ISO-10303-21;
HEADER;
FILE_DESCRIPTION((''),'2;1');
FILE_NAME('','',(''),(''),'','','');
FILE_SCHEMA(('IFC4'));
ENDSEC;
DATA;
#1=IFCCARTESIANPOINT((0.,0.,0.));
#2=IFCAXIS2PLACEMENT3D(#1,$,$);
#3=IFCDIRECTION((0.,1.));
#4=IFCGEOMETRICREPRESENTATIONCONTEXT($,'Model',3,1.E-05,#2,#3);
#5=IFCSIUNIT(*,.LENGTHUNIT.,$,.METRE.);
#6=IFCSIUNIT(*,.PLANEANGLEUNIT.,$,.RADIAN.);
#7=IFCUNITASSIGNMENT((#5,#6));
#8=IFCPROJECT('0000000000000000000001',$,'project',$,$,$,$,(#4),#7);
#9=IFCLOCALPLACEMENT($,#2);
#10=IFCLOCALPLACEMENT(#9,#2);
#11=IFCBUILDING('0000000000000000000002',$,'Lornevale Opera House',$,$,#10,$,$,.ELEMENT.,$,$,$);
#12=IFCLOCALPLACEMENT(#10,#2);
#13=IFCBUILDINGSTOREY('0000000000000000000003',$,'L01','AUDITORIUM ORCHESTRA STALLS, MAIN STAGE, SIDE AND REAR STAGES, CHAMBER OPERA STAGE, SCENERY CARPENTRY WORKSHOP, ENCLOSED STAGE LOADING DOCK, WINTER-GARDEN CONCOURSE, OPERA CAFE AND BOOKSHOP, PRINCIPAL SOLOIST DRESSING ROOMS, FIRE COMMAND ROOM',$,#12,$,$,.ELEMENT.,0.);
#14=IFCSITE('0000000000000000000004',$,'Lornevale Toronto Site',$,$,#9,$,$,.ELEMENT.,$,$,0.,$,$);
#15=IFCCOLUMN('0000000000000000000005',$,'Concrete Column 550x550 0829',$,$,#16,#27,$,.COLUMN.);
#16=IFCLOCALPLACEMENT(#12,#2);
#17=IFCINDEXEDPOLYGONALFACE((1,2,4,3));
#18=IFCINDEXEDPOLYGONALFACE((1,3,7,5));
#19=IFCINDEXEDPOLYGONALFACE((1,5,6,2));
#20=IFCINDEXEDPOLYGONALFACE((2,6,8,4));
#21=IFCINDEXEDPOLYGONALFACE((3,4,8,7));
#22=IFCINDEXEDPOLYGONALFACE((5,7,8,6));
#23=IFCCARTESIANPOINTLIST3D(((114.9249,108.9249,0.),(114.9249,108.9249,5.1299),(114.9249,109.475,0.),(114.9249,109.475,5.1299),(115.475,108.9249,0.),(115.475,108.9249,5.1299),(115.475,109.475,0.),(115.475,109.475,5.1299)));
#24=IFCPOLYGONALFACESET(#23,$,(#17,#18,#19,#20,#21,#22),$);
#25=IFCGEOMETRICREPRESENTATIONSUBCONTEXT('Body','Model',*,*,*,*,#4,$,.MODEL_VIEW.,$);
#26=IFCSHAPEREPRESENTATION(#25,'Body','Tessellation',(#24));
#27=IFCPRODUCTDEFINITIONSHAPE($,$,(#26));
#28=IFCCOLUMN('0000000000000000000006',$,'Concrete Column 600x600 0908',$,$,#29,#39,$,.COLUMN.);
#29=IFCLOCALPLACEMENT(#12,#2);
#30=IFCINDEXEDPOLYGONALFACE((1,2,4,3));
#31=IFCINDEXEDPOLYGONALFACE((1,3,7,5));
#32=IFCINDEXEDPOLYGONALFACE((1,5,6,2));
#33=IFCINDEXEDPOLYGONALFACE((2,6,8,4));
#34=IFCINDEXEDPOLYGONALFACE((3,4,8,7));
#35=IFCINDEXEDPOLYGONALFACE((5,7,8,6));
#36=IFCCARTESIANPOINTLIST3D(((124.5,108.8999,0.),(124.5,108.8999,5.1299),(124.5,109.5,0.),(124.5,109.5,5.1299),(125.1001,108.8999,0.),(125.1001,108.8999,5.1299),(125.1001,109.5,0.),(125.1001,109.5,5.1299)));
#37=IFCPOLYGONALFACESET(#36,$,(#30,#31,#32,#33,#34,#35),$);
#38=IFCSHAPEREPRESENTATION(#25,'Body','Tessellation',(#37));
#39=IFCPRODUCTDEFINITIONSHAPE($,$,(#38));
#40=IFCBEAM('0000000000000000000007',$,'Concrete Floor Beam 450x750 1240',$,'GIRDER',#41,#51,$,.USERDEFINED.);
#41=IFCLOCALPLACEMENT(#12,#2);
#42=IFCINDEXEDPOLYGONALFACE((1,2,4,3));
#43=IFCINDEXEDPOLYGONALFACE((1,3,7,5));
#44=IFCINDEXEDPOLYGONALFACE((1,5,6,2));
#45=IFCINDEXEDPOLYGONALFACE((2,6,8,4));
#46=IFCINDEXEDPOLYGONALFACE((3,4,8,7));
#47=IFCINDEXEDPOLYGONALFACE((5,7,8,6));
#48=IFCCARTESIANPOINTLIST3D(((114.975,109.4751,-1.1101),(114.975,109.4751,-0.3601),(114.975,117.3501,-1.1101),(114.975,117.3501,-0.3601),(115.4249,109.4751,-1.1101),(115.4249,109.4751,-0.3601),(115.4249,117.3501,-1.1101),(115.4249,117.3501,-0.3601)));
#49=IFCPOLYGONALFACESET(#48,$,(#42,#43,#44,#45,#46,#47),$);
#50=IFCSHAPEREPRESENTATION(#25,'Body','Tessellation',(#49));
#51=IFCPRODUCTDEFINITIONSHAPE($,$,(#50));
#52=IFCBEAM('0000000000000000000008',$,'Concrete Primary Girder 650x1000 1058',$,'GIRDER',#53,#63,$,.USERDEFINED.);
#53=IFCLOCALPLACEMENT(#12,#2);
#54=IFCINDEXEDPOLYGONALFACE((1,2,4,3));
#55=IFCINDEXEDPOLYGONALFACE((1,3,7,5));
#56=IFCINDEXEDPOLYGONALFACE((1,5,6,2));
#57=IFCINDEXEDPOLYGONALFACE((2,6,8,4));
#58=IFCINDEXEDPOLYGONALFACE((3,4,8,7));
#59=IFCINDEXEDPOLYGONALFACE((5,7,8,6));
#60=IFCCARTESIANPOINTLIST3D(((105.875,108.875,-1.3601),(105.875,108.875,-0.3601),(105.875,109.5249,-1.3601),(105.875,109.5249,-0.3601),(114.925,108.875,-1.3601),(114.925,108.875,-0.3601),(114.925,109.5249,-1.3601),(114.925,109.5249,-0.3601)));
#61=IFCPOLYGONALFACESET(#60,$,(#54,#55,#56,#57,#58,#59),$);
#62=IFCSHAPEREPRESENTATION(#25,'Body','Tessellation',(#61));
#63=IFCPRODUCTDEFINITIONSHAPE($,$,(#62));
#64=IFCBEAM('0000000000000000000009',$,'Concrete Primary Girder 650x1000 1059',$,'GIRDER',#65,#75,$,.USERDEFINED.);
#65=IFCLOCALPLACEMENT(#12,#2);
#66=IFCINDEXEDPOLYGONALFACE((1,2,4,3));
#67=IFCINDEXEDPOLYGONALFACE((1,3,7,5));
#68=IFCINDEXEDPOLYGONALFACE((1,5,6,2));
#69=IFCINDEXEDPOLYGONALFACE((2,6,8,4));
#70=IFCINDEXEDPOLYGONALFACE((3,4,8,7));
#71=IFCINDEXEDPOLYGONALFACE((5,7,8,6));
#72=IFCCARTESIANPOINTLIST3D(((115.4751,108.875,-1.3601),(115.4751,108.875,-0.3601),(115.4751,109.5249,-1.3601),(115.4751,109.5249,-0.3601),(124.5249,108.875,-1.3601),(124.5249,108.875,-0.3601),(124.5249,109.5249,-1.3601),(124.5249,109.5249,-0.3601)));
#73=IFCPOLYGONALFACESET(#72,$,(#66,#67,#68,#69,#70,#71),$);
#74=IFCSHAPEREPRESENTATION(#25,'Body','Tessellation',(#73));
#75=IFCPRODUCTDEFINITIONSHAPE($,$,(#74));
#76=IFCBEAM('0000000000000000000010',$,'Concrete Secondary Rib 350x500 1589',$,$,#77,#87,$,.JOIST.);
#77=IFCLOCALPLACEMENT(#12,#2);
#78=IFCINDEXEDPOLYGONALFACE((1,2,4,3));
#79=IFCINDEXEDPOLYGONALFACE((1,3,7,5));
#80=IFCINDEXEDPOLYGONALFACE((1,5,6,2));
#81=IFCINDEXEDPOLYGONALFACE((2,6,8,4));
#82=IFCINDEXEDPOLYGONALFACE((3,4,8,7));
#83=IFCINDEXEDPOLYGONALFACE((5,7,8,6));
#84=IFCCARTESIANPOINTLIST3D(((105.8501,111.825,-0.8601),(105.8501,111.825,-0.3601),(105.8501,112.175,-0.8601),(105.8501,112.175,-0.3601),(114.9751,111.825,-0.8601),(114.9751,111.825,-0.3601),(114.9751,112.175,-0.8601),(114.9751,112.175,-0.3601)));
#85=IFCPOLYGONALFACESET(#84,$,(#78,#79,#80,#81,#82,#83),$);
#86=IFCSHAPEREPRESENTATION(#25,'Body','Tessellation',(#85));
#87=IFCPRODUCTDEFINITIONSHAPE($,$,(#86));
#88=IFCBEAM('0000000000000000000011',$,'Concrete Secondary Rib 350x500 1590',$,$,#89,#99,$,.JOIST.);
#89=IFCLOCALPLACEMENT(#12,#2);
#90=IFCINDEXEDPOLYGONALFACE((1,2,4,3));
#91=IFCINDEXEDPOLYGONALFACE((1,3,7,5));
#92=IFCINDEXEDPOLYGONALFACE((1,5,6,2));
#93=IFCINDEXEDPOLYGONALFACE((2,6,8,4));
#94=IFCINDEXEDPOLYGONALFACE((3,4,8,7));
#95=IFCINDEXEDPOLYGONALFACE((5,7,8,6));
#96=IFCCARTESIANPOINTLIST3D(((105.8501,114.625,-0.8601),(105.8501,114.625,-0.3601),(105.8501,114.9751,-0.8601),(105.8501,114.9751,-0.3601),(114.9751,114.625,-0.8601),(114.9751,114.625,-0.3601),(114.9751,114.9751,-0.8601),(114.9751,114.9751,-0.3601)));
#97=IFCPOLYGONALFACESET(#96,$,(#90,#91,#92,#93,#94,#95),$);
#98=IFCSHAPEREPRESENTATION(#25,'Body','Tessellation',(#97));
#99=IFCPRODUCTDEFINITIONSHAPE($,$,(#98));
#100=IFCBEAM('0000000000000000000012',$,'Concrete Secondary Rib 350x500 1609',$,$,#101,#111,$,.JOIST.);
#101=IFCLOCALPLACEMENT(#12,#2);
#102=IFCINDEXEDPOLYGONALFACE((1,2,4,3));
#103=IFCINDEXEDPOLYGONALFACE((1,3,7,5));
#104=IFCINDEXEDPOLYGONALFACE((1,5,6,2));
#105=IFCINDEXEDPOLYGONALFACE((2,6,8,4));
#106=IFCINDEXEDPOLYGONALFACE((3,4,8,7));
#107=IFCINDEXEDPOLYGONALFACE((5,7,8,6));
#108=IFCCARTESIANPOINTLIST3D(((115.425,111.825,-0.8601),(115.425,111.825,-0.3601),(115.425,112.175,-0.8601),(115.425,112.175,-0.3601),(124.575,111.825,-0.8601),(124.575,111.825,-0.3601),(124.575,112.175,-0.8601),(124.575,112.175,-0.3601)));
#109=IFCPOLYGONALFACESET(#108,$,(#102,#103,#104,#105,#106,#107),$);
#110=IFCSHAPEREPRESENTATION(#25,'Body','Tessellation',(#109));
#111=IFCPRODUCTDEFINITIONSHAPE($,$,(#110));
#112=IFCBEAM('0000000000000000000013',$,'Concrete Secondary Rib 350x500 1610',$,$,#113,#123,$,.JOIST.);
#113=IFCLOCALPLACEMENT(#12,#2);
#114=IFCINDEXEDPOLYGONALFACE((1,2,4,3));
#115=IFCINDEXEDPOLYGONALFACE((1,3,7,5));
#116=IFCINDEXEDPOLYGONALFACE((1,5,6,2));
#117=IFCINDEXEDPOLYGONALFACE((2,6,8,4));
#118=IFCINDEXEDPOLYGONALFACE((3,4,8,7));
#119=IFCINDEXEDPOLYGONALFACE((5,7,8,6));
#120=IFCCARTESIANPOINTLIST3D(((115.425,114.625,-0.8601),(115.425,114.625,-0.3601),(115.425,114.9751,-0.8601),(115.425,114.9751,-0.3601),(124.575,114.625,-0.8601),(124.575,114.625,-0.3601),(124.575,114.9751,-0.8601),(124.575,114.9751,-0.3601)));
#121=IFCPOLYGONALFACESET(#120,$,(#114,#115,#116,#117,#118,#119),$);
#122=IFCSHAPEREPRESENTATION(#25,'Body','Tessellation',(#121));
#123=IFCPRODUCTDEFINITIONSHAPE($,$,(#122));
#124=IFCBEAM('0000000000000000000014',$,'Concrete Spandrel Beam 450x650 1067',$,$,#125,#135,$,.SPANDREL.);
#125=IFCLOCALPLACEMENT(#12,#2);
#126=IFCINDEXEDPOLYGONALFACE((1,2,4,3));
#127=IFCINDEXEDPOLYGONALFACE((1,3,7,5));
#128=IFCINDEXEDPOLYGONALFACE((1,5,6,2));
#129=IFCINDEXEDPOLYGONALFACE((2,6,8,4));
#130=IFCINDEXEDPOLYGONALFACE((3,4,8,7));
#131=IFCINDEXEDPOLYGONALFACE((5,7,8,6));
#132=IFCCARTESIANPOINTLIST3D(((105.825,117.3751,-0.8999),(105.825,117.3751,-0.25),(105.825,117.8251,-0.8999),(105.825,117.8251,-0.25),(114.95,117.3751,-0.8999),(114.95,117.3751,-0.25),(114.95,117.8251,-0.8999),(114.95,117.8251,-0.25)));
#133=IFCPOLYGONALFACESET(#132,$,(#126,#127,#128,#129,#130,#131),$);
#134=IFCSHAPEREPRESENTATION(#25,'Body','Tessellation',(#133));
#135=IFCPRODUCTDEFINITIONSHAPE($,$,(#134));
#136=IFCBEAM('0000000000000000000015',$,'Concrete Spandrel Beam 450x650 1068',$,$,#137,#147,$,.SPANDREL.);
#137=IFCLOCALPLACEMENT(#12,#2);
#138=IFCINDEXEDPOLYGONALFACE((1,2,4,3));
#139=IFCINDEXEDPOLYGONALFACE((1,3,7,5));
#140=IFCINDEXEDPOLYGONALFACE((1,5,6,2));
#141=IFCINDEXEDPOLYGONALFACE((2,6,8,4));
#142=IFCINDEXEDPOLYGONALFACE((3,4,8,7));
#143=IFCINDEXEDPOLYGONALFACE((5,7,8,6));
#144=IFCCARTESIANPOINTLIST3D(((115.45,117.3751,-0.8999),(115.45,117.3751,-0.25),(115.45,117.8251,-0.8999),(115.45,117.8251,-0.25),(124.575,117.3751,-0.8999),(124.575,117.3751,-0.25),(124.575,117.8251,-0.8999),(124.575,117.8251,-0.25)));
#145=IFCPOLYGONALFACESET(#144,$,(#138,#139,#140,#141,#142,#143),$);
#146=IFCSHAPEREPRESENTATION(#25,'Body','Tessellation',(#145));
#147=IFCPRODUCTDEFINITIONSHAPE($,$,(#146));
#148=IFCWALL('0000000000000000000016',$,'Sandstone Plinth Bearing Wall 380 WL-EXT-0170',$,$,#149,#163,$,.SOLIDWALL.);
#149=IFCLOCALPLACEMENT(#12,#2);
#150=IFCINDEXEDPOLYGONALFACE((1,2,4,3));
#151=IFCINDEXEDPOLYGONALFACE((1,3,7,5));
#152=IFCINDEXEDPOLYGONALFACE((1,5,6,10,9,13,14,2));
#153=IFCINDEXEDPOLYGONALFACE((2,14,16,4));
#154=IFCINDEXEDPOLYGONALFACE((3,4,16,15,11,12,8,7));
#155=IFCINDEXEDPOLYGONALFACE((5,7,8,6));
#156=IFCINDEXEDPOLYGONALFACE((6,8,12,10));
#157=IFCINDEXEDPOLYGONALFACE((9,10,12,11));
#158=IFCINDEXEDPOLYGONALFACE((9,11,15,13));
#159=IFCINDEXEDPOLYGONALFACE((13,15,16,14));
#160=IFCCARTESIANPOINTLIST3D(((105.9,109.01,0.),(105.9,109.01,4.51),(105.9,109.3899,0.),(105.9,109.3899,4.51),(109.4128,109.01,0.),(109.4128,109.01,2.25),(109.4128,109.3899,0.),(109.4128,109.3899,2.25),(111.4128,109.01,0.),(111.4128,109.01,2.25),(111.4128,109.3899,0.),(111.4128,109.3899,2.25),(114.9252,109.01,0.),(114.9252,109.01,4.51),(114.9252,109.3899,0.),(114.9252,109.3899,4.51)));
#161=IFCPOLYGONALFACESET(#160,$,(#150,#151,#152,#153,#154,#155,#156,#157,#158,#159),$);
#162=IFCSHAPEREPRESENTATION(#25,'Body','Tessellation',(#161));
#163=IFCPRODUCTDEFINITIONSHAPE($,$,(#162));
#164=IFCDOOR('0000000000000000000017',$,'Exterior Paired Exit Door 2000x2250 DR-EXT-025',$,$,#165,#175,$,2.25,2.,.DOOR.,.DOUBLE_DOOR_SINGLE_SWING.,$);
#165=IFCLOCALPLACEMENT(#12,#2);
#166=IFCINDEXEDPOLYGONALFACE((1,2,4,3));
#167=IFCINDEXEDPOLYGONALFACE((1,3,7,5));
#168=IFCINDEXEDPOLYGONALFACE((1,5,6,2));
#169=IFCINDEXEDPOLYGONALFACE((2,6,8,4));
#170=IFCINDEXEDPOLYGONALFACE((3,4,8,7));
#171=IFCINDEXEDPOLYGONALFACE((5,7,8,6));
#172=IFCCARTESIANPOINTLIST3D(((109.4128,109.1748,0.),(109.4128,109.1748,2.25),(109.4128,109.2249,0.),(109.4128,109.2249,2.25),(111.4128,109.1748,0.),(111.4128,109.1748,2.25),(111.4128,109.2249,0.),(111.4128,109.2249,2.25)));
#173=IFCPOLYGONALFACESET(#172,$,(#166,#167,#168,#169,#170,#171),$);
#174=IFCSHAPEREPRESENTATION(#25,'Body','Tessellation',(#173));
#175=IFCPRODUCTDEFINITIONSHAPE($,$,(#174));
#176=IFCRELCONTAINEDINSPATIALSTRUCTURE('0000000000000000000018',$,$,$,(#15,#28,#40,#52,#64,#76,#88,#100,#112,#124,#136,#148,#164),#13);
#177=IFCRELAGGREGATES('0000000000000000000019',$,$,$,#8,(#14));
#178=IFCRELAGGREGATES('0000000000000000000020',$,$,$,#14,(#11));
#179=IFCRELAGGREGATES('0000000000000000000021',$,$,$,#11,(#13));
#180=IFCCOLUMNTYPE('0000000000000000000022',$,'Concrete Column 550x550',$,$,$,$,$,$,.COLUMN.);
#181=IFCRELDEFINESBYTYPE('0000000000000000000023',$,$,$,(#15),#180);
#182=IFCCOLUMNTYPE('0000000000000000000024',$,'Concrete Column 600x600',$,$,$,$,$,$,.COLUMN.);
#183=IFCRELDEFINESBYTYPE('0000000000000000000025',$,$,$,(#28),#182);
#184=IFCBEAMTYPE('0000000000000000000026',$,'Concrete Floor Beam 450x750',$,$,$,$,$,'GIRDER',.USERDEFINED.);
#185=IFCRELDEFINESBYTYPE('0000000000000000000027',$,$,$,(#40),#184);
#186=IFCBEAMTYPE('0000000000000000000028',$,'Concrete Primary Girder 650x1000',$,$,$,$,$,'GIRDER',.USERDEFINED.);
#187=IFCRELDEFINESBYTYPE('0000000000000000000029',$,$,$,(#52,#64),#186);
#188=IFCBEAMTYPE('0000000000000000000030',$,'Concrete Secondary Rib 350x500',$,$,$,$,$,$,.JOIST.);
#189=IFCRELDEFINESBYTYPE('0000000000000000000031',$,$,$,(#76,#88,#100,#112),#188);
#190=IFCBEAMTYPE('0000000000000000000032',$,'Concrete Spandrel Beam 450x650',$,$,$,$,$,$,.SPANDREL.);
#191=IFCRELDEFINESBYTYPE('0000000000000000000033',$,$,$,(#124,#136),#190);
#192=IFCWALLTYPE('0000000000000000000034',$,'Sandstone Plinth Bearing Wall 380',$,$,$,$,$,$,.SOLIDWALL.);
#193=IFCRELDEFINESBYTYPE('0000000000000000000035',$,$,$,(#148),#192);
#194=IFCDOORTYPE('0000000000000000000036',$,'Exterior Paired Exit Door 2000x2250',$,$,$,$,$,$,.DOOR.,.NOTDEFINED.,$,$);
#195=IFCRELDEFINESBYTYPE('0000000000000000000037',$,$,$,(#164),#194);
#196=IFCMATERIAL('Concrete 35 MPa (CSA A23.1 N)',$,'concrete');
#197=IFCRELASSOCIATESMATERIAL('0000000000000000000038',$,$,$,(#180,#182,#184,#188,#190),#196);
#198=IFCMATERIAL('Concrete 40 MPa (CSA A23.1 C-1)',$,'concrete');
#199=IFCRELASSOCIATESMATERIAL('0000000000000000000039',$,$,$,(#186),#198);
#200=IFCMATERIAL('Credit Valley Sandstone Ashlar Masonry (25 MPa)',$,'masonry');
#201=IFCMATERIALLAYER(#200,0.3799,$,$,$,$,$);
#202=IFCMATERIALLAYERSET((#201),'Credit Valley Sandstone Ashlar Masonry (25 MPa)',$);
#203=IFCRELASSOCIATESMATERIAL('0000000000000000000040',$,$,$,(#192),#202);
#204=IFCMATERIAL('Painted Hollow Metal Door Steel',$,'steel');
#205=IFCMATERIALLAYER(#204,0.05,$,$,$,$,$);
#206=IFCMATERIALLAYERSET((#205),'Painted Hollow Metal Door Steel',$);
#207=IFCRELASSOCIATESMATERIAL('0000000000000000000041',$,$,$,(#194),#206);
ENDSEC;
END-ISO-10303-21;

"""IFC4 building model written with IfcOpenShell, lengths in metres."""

from ifc_helpers import new_model, si_unit, direction, frame, frame_2d, origin, origin_2d, place, context, subcontext, project, spatial, rectangle, extrude, material, layer, layer_set, material_profile, profile_set, type_object, element, fill, save


model = new_model("IFC4")

# Units and contexts
model_context = context("Model", 3, precision=1e-05, world=origin(), true_north=direction((0.0, 1.0)))
body_context = subcontext(model_context, "Body", "Model", "MODEL_VIEW")
ifc_project = project(units=[si_unit("LENGTHUNIT", "METRE"), si_unit("PLANEANGLEUNIT", "RADIAN")], contexts=[model_context])

# Site, building, storey
site_placement = place(None, origin())
site = spatial("IfcSite", under=ifc_project, at=site_placement, Name="Lornevale Toronto Site", CompositionType="ELEMENT", RefElevation=0.0)
building_placement = place(site_placement, origin())
building = spatial("IfcBuilding", under=site, at=building_placement, Name="Lornevale Opera House", CompositionType="ELEMENT")
storey_placement = place(building_placement, origin())
storey = spatial("IfcBuildingStorey", under=building, at=storey_placement, Name="L01", Description="AUDITORIUM ORCHESTRA STALLS, MAIN STAGE, SIDE AND REAR STAGES, CHAMBER OPERA STAGE, SCENERY CARPENTRY WORKSHOP, ENCLOSED STAGE LOADING DOCK, WINTER-GARDEN CONCOURSE, OPERA CAFE AND BOOKSHOP, PRINCIPAL SOLOIST DRESSING ROOMS, FIRE COMMAND ROOM", CompositionType="ELEMENT", Elevation=0.0)

# Columns
ifc_material_1 = material(Name="Concrete 35 MPa (CSA A23.1 N)", Category="concrete")
ifc_material_profile_1 = material_profile(ifc_material_1, rectangle(XDim=0.55, YDim=0.55, at=origin_2d()), Name="RC550x550")
ifc_profile_set_1 = profile_set([ifc_material_profile_1], Name="Concrete 35 MPa (CSA A23.1 N)")
column_type_1 = type_object("IfcColumnType", Name="Concrete Column 550x550", PredefinedType="COLUMN", material=ifc_profile_set_1)
column_1_placement = place(storey_placement, frame((115.2, 109.2, 0.0), z_axis=(0.0, 0.0, 1.0), x_axis=(1.0, 0.0, 0.0)))
element("IfcColumn", 1, at=column_1_placement, inside=storey, type_object=column_type_1, Name="Concrete Column 550x550 0829", PredefinedType="COLUMN", context=body_context, shape_type="SweptSolid", body=[
    extrude(rectangle(XDim=0.55, YDim=0.55, at=origin_2d()), origin(), (0.0, 0.0, 1.0), 5.1299),
])
ifc_material_profile_2 = material_profile(ifc_material_1, rectangle(XDim=0.6001, YDim=0.6001, at=origin_2d()), Name="RC600x600")
ifc_profile_set_2 = profile_set([ifc_material_profile_2], Name="Concrete 35 MPa (CSA A23.1 N)")
column_type_2 = type_object("IfcColumnType", Name="Concrete Column 600x600", PredefinedType="COLUMN", material=ifc_profile_set_2)
column_2_placement = place(storey_placement, frame((124.8, 109.2, 0.0), z_axis=(0.0, 0.0, 1.0), x_axis=(1.0, 0.0, 0.0)))
element("IfcColumn", 2, at=column_2_placement, inside=storey, type_object=column_type_2, Name="Concrete Column 600x600 0908", PredefinedType="COLUMN", context=body_context, shape_type="SweptSolid", body=[
    extrude(rectangle(XDim=0.6001, YDim=0.6001, at=origin_2d()), origin(), (0.0, 0.0, 1.0), 5.1299),
])

# Beams
ifc_material_profile_3 = material_profile(ifc_material_1, rectangle(XDim=0.45, YDim=0.75, at=origin_2d()), Name="RC450x750")
ifc_profile_set_3 = profile_set([ifc_material_profile_3], Name="Concrete 35 MPa (CSA A23.1 N)")
beam_type_1 = type_object("IfcBeamType", Name="Concrete Floor Beam 450x750", ElementType="GIRDER", PredefinedType="USERDEFINED", material=ifc_profile_set_3)
beam_1_placement = place(storey_placement, frame((115.2, 109.4751, -0.7351), z_axis=(0.0, 1.0, 0.0), x_axis=(-1.0, 0.0, 0.0)))
element("IfcBeam", 3, at=beam_1_placement, inside=storey, type_object=beam_type_1, Name="Concrete Floor Beam 450x750 1240", ObjectType="GIRDER", PredefinedType="USERDEFINED", context=body_context, shape_type="SweptSolid", body=[
    extrude(rectangle(XDim=0.45, YDim=0.75, at=origin_2d()), origin(), (0.0, 0.0, 1.0), 7.875),
])
ifc_material_2 = material(Name="Concrete 40 MPa (CSA A23.1 C-1)", Category="concrete")
ifc_material_profile_4 = material_profile(ifc_material_2, rectangle(XDim=0.6499, YDim=1.0, at=origin_2d()), Name="RC650x1000")
ifc_profile_set_4 = profile_set([ifc_material_profile_4], Name="Concrete 40 MPa (CSA A23.1 C-1)")
beam_type_2 = type_object("IfcBeamType", Name="Concrete Primary Girder 650x1000", ElementType="GIRDER", PredefinedType="USERDEFINED", material=ifc_profile_set_4)
beam_2_placement = place(storey_placement, frame((105.875, 109.2, -0.8601), z_axis=(1.0, 0.0, 0.0), x_axis=(0.0, 1.0, 0.0)))
element("IfcBeam", 4, at=beam_2_placement, inside=storey, type_object=beam_type_2, Name="Concrete Primary Girder 650x1000 1058", ObjectType="GIRDER", PredefinedType="USERDEFINED", context=body_context, shape_type="SweptSolid", body=[
    extrude(rectangle(XDim=0.6499, YDim=1.0, at=origin_2d()), origin(), (0.0, 0.0, 1.0), 9.05),
])
beam_3_placement = place(storey_placement, frame((115.4751, 109.2, -0.8601), z_axis=(1.0, 0.0, 0.0), x_axis=(0.0, 1.0, 0.0)))
element("IfcBeam", 5, at=beam_3_placement, inside=storey, type_object=beam_type_2, Name="Concrete Primary Girder 650x1000 1059", ObjectType="GIRDER", PredefinedType="USERDEFINED", context=body_context, shape_type="SweptSolid", body=[
    extrude(rectangle(XDim=0.6499, YDim=1.0, at=origin_2d()), origin(), (0.0, 0.0, 1.0), 9.0498),
])
ifc_material_profile_5 = material_profile(ifc_material_1, rectangle(XDim=0.3501, YDim=0.5, at=origin_2d()), Name="RC350x500")
ifc_profile_set_5 = profile_set([ifc_material_profile_5], Name="Concrete 35 MPa (CSA A23.1 N)")
beam_type_3 = type_object("IfcBeamType", Name="Concrete Secondary Rib 350x500", PredefinedType="JOIST", material=ifc_profile_set_5)
for number, where, z_axis, x_axis, name in (
    (6, (105.8501, 112.0, -0.6101), (1.0, 0.0, 0.0), (0.0, 1.0, 0.0), "Concrete Secondary Rib 350x500 1589"),
    (7, (105.8501, 114.8, -0.6101), (1.0, 0.0, 0.0), (0.0, 1.0, 0.0), "Concrete Secondary Rib 350x500 1590"),
):
    element("IfcBeam", number, at=place(storey_placement, frame(where, z_axis=z_axis, x_axis=x_axis)), inside=storey, type_object=beam_type_3, Name=name, PredefinedType="JOIST", context=body_context, shape_type="SweptSolid", body=[
        extrude(rectangle(XDim=0.3501, YDim=0.5, at=origin_2d()), origin(), (0.0, 0.0, 1.0), 9.125),
    ])
for number, where, z_axis, x_axis, name in (
    (8, (115.425, 112.0, -0.6101), (1.0, 0.0, 0.0), (0.0, 1.0, 0.0), "Concrete Secondary Rib 350x500 1609"),
    (9, (115.425, 114.8, -0.6101), (1.0, 0.0, 0.0), (0.0, 1.0, 0.0), "Concrete Secondary Rib 350x500 1610"),
):
    element("IfcBeam", number, at=place(storey_placement, frame(where, z_axis=z_axis, x_axis=x_axis)), inside=storey, type_object=beam_type_3, Name=name, PredefinedType="JOIST", context=body_context, shape_type="SweptSolid", body=[
        extrude(rectangle(XDim=0.3501, YDim=0.5, at=origin_2d()), origin(), (0.0, 0.0, 1.0), 9.1499),
    ])
ifc_material_profile_6 = material_profile(ifc_material_1, rectangle(XDim=0.45, YDim=0.6499, at=origin_2d()), Name="RC450x650")
ifc_profile_set_6 = profile_set([ifc_material_profile_6], Name="Concrete 35 MPa (CSA A23.1 N)")
beam_type_4 = type_object("IfcBeamType", Name="Concrete Spandrel Beam 450x650", PredefinedType="SPANDREL", material=ifc_profile_set_6)
for number, where, z_axis, x_axis, name in (
    (10, (105.825, 117.6001, -0.575), (1.0, 0.0, 0.0), (0.0, 1.0, 0.0), "Concrete Spandrel Beam 450x650 1067"),
    (11, (115.45, 117.6001, -0.575), (1.0, 0.0, 0.0), (0.0, 1.0, 0.0), "Concrete Spandrel Beam 450x650 1068"),
):
    element("IfcBeam", number, at=place(storey_placement, frame(where, z_axis=z_axis, x_axis=x_axis)), inside=storey, type_object=beam_type_4, Name=name, PredefinedType="SPANDREL", context=body_context, shape_type="SweptSolid", body=[
        extrude(rectangle(XDim=0.45, YDim=0.6499, at=origin_2d()), origin(), (0.0, 0.0, 1.0), 9.125),
    ])

# Wall, opening, door
ifc_material_3 = material(Name="Credit Valley Sandstone Ashlar Masonry (25 MPa)", Category="masonry")
ifc_layer_1 = layer(ifc_material_3, 0.3799)
ifc_layer_set_1 = layer_set([ifc_layer_1], Name="Credit Valley Sandstone Ashlar Masonry (25 MPa)")
wall_type = type_object("IfcWallType", Name="Sandstone Plinth Bearing Wall 380", PredefinedType="SOLIDWALL", material=ifc_layer_set_1)
wall_1_placement = place(storey_placement, frame((105.8999, 109.2, 0.0), z_axis=(0.0, 0.0, 1.0), x_axis=(1.0, 0.0, 0.0)))
wall_1 = element("IfcWall", 12, at=wall_1_placement, inside=storey, type_object=wall_type, Name="Sandstone Plinth Bearing Wall 380 WL-EXT-0170", PredefinedType="SOLIDWALL", context=body_context, shape_type="SweptSolid", body=[
    extrude(rectangle(XDim=9.0251, YDim=0.3799, at=frame_2d((4.5127, 0.0))), origin(), (0.0, 0.0, 1.0), 4.51),
])
opening_1_placement = place(wall_1_placement, frame((3.5129, 0.0, 0.0)))
opening_1 = element("IfcOpeningElement", 13, at=opening_1_placement, cuts=wall_1, PredefinedType="OPENING", context=body_context, shape_type="SweptSolid", body=[
    extrude(rectangle(XDim=2.0, YDim=2.25, at=frame_2d((1.0, 1.125))), frame((0.0, 0.2, 0.0), z_axis=(0.0, -1.0, 0.0), x_axis=(1.0, 0.0, 0.0)), (0.0, 0.0, 1.0), 0.3999),
])
ifc_material_4 = material(Name="Painted Hollow Metal Door Steel", Category="steel")
ifc_layer_2 = layer(ifc_material_4, 0.05)
ifc_layer_set_2 = layer_set([ifc_layer_2], Name="Painted Hollow Metal Door Steel")
door_type_1 = type_object("IfcDoorType", Name="Exterior Paired Exit Door 2000x2250", OperationType="NOTDEFINED", PredefinedType="DOOR", material=ifc_layer_set_2)
door_1_placement = place(opening_1_placement, origin())
door_1 = element("IfcDoor", 14, at=door_1_placement, inside=storey, type_object=door_type_1, Name="Exterior Paired Exit Door 2000x2250 DR-EXT-025", OperationType="DOUBLE_DOOR_SINGLE_SWING", OverallHeight=2.25, OverallWidth=2.0, PredefinedType="DOOR", context=body_context, shape_type="SweptSolid", body=[
    extrude(rectangle(XDim=2.0, YDim=2.25, at=frame_2d((1.0, 1.125))), frame((0.0, 0.0249, 0.0), z_axis=(0.0, -1.0, 0.0), x_axis=(1.0, 0.0, 0.0)), (0.0, 0.0, 1.0), 0.05),
])
fill(opening_1, door_1)

save(model, "model.ifc")
